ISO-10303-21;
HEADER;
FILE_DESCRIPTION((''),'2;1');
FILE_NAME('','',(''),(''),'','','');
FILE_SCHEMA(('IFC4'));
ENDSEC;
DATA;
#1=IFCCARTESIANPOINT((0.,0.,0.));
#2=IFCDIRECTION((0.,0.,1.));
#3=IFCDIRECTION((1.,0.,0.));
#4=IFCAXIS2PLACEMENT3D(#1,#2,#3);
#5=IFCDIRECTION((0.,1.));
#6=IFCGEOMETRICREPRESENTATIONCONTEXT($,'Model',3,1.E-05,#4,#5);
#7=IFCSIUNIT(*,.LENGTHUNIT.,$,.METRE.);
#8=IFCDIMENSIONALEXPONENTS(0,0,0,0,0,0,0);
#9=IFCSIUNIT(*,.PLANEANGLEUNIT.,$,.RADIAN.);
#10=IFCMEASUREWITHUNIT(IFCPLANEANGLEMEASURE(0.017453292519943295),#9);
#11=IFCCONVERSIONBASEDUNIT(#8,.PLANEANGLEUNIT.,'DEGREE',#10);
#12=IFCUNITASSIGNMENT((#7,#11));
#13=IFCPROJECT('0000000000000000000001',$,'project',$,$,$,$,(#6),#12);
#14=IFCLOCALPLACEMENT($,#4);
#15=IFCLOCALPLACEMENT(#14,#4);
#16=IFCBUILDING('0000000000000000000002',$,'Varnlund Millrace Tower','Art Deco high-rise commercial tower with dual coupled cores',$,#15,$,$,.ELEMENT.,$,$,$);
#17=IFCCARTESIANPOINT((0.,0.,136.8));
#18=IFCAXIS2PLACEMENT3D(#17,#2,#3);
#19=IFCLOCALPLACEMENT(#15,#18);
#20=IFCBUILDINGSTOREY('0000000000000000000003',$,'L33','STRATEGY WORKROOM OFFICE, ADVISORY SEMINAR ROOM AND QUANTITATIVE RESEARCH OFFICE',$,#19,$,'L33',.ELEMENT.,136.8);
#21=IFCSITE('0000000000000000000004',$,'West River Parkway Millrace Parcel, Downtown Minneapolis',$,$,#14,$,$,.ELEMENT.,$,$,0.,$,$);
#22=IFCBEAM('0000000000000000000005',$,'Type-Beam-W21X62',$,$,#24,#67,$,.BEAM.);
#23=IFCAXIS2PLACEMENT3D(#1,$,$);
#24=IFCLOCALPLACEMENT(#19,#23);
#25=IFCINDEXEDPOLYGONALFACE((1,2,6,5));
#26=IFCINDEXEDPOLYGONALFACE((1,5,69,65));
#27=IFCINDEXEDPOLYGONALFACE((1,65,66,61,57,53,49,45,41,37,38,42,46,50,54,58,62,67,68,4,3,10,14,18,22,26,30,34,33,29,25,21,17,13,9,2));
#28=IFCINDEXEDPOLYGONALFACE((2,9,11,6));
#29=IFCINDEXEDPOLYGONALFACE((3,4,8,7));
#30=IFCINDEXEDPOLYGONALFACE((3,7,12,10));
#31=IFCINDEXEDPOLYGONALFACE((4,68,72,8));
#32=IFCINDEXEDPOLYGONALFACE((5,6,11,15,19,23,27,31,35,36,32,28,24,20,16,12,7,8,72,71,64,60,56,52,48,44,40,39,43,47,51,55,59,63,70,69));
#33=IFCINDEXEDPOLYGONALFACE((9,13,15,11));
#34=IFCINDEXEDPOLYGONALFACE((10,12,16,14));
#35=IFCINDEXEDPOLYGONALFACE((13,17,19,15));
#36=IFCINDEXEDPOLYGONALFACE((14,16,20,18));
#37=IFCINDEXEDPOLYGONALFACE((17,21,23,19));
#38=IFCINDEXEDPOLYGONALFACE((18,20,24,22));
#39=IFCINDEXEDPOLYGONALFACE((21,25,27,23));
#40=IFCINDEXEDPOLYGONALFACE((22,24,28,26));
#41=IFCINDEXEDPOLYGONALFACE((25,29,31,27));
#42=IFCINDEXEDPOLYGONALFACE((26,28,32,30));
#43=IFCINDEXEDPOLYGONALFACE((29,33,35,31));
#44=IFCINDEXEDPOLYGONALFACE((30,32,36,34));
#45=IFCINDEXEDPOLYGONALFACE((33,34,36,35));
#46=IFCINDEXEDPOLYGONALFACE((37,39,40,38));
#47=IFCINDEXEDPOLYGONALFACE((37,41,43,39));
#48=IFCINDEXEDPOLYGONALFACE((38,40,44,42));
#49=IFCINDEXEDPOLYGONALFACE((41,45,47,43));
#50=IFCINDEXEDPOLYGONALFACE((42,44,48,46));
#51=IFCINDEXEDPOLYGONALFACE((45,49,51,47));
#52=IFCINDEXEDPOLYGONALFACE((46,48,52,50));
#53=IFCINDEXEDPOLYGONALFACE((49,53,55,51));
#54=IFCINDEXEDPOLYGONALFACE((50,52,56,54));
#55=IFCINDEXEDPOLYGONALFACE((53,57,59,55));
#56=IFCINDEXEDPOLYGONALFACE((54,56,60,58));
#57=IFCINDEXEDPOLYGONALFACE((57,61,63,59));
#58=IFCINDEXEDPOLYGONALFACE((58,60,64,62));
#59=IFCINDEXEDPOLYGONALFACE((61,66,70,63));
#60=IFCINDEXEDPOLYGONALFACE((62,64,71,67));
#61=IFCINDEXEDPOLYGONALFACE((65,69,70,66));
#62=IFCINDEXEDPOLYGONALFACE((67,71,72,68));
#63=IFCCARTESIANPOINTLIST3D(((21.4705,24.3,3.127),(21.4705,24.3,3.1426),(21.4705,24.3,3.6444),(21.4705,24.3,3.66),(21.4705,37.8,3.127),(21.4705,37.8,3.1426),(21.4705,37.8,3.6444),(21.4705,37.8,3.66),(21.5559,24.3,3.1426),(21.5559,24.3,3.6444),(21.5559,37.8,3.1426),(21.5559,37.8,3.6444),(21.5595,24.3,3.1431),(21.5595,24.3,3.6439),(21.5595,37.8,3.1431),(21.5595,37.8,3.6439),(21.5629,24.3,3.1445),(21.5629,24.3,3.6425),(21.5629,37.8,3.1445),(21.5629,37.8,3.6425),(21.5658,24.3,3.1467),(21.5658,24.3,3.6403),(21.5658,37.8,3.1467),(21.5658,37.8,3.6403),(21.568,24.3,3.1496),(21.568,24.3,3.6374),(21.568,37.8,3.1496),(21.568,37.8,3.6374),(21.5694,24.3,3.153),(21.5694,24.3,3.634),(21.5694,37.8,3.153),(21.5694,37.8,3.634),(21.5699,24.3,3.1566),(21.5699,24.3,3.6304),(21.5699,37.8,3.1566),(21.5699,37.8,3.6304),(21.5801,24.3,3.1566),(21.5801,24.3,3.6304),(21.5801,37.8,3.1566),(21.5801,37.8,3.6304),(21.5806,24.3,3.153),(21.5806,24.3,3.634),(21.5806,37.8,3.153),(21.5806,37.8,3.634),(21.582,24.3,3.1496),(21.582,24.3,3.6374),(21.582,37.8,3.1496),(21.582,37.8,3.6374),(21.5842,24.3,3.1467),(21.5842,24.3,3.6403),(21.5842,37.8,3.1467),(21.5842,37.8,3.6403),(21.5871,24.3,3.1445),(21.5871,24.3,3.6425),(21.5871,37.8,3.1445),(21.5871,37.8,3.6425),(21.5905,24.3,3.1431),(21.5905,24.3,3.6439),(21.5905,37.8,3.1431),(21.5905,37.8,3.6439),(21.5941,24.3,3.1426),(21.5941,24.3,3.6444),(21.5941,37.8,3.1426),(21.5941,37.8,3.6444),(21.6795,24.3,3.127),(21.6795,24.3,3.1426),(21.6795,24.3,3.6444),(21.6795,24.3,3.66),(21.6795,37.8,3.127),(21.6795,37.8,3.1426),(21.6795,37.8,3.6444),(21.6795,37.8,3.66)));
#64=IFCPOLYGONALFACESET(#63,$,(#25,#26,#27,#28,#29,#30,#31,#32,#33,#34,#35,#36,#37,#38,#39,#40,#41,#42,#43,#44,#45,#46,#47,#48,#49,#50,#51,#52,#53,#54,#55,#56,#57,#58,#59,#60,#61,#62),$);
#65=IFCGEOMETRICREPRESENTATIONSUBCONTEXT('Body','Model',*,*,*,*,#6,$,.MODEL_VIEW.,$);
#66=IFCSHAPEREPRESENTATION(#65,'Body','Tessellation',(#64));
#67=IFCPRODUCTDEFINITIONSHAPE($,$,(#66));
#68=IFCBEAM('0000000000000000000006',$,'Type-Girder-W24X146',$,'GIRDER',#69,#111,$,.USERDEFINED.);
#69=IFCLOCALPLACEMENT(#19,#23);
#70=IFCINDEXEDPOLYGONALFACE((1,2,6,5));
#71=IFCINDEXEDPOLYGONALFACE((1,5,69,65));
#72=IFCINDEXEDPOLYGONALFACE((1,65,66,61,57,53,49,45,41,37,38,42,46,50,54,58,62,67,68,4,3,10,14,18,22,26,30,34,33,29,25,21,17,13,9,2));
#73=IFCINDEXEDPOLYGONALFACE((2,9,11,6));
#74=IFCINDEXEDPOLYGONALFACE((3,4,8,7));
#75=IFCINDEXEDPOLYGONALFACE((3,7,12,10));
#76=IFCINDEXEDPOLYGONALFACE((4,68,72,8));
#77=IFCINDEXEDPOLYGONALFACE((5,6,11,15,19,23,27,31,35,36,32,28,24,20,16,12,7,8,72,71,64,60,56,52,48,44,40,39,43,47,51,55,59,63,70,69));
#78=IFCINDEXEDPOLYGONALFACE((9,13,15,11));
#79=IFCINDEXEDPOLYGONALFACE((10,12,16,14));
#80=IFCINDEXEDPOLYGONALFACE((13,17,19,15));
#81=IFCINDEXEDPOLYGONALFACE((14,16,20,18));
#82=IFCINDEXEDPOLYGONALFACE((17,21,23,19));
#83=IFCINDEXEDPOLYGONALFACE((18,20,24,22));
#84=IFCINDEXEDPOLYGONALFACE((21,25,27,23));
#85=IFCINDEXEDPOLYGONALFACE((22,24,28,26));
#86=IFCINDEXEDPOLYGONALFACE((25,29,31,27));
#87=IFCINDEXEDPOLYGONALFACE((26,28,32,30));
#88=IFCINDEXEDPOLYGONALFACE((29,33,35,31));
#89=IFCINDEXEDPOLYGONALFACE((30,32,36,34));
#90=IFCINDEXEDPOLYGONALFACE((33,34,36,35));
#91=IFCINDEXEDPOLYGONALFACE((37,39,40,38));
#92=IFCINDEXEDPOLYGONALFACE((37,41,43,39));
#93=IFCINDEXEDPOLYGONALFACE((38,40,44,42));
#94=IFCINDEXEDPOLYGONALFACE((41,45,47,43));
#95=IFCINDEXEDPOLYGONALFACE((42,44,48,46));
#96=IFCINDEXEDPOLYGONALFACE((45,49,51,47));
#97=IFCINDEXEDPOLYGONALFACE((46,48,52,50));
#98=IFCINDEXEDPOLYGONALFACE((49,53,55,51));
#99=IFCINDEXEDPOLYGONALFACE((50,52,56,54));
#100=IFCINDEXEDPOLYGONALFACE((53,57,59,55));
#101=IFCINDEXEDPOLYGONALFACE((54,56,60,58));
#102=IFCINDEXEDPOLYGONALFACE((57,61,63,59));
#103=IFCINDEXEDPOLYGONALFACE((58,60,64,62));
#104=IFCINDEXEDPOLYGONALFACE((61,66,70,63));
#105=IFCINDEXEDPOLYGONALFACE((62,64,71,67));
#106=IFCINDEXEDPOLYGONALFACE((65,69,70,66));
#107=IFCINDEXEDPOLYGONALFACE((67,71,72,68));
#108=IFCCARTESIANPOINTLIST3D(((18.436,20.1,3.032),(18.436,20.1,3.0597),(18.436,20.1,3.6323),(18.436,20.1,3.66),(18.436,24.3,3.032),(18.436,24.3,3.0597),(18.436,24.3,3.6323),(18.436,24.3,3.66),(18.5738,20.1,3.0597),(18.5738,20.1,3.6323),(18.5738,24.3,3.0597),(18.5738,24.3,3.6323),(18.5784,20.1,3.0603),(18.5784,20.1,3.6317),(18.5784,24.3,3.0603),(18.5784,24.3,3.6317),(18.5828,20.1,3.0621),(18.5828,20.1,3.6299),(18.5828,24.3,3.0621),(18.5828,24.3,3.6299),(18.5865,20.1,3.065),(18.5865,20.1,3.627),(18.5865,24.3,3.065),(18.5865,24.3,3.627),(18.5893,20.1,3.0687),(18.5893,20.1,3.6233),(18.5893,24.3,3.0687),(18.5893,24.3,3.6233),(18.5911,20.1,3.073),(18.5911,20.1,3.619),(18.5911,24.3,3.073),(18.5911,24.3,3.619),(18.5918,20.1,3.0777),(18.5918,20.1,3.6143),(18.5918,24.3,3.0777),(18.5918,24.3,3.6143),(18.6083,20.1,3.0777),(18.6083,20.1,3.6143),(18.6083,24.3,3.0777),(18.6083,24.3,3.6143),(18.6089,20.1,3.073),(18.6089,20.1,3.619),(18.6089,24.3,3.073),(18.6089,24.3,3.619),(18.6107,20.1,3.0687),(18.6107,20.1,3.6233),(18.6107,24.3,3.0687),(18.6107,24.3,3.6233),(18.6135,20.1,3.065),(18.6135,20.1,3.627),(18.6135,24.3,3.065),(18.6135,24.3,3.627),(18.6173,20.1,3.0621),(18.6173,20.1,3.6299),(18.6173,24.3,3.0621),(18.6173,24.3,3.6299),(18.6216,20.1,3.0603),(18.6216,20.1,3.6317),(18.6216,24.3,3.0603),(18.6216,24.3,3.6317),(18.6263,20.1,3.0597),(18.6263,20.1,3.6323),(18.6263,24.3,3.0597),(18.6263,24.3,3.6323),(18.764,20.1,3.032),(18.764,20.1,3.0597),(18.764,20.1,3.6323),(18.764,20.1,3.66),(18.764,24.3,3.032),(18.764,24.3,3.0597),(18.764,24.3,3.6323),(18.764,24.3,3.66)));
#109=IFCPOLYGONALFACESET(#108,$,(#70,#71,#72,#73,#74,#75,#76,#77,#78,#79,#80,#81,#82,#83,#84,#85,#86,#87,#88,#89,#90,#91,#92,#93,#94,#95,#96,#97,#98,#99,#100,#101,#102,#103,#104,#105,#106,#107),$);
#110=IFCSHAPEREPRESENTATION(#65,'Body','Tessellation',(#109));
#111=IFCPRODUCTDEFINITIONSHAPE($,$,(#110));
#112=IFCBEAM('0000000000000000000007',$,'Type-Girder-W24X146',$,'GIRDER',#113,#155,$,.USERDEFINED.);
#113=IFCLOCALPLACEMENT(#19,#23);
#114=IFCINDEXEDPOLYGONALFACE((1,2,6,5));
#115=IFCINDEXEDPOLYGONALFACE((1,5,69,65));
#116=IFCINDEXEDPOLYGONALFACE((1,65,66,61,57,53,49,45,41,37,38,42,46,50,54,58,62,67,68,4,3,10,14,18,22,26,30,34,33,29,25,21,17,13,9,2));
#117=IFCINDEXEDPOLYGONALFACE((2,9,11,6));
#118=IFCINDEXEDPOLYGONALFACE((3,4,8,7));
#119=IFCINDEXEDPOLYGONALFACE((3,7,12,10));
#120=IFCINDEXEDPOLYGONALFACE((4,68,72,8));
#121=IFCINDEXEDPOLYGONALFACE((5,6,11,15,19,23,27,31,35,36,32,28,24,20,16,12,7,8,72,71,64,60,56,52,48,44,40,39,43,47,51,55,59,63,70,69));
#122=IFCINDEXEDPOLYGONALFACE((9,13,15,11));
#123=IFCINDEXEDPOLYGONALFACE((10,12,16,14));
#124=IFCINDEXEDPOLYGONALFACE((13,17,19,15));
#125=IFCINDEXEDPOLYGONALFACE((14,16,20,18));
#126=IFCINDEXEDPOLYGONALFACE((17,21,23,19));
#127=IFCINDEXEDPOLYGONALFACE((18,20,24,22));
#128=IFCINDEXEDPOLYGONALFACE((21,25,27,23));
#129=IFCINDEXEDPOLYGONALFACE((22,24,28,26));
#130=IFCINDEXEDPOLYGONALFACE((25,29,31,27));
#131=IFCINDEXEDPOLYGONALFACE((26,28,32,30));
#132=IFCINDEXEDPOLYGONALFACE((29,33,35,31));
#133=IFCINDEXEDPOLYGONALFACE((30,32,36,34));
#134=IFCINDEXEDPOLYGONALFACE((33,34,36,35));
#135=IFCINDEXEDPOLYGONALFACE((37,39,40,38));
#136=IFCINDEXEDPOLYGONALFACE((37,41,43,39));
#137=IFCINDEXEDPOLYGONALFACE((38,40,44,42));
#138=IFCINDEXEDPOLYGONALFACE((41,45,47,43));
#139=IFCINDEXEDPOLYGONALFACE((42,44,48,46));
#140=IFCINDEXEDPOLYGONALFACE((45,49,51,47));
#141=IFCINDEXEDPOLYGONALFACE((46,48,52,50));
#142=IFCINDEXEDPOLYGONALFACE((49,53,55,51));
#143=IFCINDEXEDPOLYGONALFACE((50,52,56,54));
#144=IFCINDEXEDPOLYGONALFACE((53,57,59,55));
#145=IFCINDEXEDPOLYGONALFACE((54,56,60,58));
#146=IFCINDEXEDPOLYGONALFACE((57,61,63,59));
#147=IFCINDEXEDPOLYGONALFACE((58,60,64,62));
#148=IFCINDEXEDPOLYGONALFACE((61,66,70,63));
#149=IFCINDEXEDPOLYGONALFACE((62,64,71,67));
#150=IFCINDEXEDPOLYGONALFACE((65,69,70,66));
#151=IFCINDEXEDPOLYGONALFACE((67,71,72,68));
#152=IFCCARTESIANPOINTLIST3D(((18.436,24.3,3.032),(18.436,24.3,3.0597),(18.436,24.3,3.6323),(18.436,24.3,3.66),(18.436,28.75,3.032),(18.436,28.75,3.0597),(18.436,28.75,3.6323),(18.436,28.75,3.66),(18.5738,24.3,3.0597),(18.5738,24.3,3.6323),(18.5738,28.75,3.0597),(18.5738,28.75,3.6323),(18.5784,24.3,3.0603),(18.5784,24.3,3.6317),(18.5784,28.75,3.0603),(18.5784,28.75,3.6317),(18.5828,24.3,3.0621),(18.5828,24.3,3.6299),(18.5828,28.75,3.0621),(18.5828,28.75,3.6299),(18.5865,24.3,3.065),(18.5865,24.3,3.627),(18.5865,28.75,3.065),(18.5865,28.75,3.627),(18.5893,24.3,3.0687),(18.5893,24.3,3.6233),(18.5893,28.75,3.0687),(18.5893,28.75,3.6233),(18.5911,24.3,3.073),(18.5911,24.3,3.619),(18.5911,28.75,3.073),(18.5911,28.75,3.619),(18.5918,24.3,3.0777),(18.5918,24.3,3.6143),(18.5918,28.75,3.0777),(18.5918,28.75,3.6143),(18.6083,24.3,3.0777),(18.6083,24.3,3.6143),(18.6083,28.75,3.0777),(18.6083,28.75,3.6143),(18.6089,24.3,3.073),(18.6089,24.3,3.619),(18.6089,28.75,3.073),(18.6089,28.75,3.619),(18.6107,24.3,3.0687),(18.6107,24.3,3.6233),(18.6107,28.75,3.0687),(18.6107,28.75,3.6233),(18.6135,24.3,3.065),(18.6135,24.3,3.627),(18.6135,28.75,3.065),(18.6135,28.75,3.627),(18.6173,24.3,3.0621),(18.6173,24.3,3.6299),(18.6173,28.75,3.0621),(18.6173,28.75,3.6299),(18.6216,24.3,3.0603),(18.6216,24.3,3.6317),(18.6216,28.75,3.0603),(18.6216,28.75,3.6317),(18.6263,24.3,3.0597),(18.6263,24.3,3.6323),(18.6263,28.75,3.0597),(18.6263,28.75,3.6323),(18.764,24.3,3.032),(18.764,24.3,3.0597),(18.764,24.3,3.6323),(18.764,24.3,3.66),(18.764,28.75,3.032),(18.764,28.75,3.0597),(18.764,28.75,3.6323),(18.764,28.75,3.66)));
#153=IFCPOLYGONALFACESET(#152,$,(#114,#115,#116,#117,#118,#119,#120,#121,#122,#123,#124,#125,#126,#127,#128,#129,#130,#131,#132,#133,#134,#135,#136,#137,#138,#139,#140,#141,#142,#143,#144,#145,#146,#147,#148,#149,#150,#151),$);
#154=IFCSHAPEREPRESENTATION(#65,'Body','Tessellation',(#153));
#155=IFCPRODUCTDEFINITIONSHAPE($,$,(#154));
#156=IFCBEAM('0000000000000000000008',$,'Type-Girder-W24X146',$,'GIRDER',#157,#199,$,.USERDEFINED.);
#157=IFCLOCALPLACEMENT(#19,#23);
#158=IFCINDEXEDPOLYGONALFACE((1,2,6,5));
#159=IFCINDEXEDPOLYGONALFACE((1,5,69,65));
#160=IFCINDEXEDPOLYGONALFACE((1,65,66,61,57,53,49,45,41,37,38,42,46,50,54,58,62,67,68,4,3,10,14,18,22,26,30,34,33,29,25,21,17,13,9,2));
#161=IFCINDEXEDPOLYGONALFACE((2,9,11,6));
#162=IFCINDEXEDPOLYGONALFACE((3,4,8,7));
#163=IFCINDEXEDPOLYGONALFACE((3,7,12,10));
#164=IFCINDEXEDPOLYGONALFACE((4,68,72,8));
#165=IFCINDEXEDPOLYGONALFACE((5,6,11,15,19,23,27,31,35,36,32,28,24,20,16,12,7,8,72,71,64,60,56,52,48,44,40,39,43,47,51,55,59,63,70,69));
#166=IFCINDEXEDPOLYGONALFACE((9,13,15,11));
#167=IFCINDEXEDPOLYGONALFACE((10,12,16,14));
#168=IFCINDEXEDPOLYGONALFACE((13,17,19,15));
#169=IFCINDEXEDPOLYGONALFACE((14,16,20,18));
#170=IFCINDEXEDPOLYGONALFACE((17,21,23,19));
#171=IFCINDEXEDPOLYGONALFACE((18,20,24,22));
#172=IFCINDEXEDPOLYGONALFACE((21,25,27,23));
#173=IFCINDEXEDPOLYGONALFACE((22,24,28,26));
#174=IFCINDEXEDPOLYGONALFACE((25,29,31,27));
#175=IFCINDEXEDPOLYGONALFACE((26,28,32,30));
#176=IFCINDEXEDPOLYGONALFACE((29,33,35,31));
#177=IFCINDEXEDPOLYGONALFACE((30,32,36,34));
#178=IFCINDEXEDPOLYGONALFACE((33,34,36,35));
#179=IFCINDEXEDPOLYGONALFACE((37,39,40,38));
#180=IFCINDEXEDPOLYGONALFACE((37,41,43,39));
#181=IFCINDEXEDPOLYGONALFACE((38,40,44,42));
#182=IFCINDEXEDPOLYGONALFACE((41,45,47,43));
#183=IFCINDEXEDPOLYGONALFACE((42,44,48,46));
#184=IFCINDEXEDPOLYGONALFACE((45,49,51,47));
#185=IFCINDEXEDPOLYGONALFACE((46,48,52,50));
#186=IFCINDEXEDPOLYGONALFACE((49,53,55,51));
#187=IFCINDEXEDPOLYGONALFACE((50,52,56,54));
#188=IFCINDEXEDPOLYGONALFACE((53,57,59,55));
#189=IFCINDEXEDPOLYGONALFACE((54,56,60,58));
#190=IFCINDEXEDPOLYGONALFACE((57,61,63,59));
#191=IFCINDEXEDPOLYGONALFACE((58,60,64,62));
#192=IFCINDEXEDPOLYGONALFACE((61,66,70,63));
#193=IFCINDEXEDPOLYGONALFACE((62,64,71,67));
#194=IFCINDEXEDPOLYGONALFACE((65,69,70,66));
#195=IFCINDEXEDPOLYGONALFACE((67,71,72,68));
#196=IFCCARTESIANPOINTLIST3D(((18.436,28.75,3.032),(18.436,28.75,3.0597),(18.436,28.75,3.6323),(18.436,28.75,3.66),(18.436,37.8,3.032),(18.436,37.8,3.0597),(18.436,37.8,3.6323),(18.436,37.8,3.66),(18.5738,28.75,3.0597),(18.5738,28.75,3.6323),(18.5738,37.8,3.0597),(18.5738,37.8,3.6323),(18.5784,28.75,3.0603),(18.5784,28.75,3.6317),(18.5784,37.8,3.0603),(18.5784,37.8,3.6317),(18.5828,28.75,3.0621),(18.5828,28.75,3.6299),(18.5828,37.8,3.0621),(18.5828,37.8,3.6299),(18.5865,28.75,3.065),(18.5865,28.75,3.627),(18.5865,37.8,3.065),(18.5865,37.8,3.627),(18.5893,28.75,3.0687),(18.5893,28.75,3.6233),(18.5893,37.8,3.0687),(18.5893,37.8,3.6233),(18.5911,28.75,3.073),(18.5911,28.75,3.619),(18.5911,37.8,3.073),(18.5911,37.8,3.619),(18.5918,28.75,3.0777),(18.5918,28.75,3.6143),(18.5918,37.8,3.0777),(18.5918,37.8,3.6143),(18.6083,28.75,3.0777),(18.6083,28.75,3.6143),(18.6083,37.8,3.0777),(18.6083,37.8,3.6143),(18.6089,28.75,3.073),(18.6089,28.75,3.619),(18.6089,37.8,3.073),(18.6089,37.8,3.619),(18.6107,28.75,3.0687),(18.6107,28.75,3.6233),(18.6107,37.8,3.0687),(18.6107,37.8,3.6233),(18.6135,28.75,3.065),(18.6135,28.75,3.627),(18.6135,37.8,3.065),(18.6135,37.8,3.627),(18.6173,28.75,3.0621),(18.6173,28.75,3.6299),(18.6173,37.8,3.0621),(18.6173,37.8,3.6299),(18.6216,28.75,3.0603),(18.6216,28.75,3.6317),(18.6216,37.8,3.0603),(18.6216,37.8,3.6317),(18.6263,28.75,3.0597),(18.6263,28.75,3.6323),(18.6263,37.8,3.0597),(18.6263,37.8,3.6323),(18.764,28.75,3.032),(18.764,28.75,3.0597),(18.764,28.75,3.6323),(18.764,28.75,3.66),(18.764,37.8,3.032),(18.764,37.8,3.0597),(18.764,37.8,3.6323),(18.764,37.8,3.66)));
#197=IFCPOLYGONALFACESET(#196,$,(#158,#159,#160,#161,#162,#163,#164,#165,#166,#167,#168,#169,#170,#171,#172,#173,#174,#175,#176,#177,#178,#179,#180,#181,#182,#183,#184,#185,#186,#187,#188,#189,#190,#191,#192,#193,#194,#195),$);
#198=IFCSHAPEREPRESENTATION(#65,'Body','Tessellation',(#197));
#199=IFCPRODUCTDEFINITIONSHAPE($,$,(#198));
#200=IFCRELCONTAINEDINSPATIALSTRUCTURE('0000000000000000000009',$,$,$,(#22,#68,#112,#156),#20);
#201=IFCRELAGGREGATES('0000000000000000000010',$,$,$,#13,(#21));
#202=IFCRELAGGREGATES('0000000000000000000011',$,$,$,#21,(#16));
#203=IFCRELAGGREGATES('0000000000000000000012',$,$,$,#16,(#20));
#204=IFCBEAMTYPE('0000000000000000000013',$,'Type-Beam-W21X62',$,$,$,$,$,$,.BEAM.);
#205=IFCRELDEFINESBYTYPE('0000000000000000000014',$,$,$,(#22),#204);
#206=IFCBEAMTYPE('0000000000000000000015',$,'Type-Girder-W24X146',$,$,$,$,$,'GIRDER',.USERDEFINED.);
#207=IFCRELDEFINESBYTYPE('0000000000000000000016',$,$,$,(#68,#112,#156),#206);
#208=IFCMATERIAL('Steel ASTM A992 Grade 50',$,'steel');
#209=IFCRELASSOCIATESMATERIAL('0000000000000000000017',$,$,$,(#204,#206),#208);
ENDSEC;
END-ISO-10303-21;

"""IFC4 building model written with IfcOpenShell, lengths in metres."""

from ifc_helpers import new_model, entity, si_unit, converted_unit, direction, frame, origin_with_axes, origin_2d_with_axis, place, context, subcontext, project, spatial, i_section, extrude, material, material_profile, profile_set, type_object, element, save


model = new_model("IFC4")

# Units and contexts
model_context = context("Model", 3, precision=1e-05, world=origin_with_axes(), true_north=direction((0.0, 1.0)))
body_context = subcontext(model_context, "Body", "Model", "MODEL_VIEW")
ifc_project = project(units=[si_unit("LENGTHUNIT", "METRE"), converted_unit("PLANEANGLEUNIT", "DEGREE", entity("IfcPlaneAngleMeasure", 0.017453292519943295), si_unit("PLANEANGLEUNIT", "RADIAN"), dimensions=[0, 0, 0, 0, 0, 0, 0])], contexts=[model_context])

# Site, building, storey
site_placement = place(None, origin_with_axes())
site = spatial("IfcSite", under=ifc_project, at=site_placement, Name="West River Parkway Millrace Parcel, Downtown Minneapolis", CompositionType="ELEMENT", RefElevation=0.0)
building_placement = place(site_placement, origin_with_axes())
building = spatial("IfcBuilding", under=site, at=building_placement, Name="Varnlund Millrace Tower", Description="Art Deco high-rise commercial tower with dual coupled cores", CompositionType="ELEMENT")
storey_placement = place(building_placement, frame((0.0, 0.0, 136.8), z_axis=(0.0, 0.0, 1.0), x_axis=(1.0, 0.0, 0.0)))
storey = spatial("IfcBuildingStorey", under=building, at=storey_placement, Name="L33", Description="STRATEGY WORKROOM OFFICE, ADVISORY SEMINAR ROOM AND QUANTITATIVE RESEARCH OFFICE", LongName="L33", CompositionType="ELEMENT", Elevation=136.8)

# Beams
ifc_material_1 = material(Name="Steel ASTM A992 Grade 50", Category="steel")
ifc_material_profile_1 = material_profile(ifc_material_1, i_section(OverallWidth=0.209, OverallDepth=0.533, WebThickness=0.0102, FlangeThickness=0.0156, FilletRadius=0.014, at=origin_2d_with_axis()), Name="Steel ASTM A992 Grade 50")
ifc_profile_set_1 = profile_set([ifc_material_profile_1], Name="Steel ASTM A992 Grade 50")
beam_type_1 = type_object("IfcBeamType", Name="Type-Beam-W21X62", PredefinedType="BEAM", material=ifc_profile_set_1)
beam_1_placement = place(storey_placement, frame((21.575, 24.3, 3.3935), z_axis=(0.0, 1.0, 0.0), x_axis=(-1.0, 0.0, 0.0)))
element("IfcBeam", 1, at=beam_1_placement, inside=storey, type_object=beam_type_1, Name="Type-Beam-W21X62", PredefinedType="BEAM", context=body_context, shape_type="SweptSolid", body=[
    extrude(i_section(OverallWidth=0.209, OverallDepth=0.533, WebThickness=0.0102, FlangeThickness=0.0156, FilletRadius=0.014, at=origin_2d_with_axis()), origin_with_axes(), (0.0, 0.0, 1.0), 13.5),
])
ifc_material_profile_2 = material_profile(ifc_material_1, i_section(OverallWidth=0.328, OverallDepth=0.628, WebThickness=0.0165, FlangeThickness=0.0277, FilletRadius=0.018, at=origin_2d_with_axis()), Name="Steel ASTM A992 Grade 50")
ifc_profile_set_2 = profile_set([ifc_material_profile_2], Name="Steel ASTM A992 Grade 50")
beam_type_2 = type_object("IfcBeamType", Name="Type-Girder-W24X146", ElementType="GIRDER", PredefinedType="USERDEFINED", material=ifc_profile_set_2)
beam_2_placement = place(storey_placement, frame((18.6, 20.1, 3.346), z_axis=(0.0, 1.0, 0.0), x_axis=(-1.0, 0.0, 0.0)))
element("IfcBeam", 2, at=beam_2_placement, inside=storey, type_object=beam_type_2, Name="Type-Girder-W24X146", ObjectType="GIRDER", PredefinedType="USERDEFINED", context=body_context, shape_type="SweptSolid", body=[
    extrude(i_section(OverallWidth=0.328, OverallDepth=0.628, WebThickness=0.0165, FlangeThickness=0.0277, FilletRadius=0.018, at=origin_2d_with_axis()), origin_with_axes(), (0.0, 0.0, 1.0), 4.2),
])
beam_3_placement = place(storey_placement, frame((18.6, 24.3, 3.346), z_axis=(0.0, 1.0, 0.0), x_axis=(-1.0, 0.0, 0.0)))
element("IfcBeam", 3, at=beam_3_placement, inside=storey, type_object=beam_type_2, Name="Type-Girder-W24X146", ObjectType="GIRDER", PredefinedType="USERDEFINED", context=body_context, shape_type="SweptSolid", body=[
    extrude(i_section(OverallWidth=0.328, OverallDepth=0.628, WebThickness=0.0165, FlangeThickness=0.0277, FilletRadius=0.018, at=origin_2d_with_axis()), origin_with_axes(), (0.0, 0.0, 1.0), 4.45),
])
beam_4_placement = place(storey_placement, frame((18.6, 28.75, 3.346), z_axis=(0.0, 1.0, 0.0), x_axis=(-1.0, 0.0, 0.0)))
element("IfcBeam", 4, at=beam_4_placement, inside=storey, type_object=beam_type_2, Name="Type-Girder-W24X146", ObjectType="GIRDER", PredefinedType="USERDEFINED", context=body_context, shape_type="SweptSolid", body=[
    extrude(i_section(OverallWidth=0.328, OverallDepth=0.628, WebThickness=0.0165, FlangeThickness=0.0277, FilletRadius=0.018, at=origin_2d_with_axis()), origin_with_axes(), (0.0, 0.0, 1.0), 9.05),
])

save(model, "model.ifc")
